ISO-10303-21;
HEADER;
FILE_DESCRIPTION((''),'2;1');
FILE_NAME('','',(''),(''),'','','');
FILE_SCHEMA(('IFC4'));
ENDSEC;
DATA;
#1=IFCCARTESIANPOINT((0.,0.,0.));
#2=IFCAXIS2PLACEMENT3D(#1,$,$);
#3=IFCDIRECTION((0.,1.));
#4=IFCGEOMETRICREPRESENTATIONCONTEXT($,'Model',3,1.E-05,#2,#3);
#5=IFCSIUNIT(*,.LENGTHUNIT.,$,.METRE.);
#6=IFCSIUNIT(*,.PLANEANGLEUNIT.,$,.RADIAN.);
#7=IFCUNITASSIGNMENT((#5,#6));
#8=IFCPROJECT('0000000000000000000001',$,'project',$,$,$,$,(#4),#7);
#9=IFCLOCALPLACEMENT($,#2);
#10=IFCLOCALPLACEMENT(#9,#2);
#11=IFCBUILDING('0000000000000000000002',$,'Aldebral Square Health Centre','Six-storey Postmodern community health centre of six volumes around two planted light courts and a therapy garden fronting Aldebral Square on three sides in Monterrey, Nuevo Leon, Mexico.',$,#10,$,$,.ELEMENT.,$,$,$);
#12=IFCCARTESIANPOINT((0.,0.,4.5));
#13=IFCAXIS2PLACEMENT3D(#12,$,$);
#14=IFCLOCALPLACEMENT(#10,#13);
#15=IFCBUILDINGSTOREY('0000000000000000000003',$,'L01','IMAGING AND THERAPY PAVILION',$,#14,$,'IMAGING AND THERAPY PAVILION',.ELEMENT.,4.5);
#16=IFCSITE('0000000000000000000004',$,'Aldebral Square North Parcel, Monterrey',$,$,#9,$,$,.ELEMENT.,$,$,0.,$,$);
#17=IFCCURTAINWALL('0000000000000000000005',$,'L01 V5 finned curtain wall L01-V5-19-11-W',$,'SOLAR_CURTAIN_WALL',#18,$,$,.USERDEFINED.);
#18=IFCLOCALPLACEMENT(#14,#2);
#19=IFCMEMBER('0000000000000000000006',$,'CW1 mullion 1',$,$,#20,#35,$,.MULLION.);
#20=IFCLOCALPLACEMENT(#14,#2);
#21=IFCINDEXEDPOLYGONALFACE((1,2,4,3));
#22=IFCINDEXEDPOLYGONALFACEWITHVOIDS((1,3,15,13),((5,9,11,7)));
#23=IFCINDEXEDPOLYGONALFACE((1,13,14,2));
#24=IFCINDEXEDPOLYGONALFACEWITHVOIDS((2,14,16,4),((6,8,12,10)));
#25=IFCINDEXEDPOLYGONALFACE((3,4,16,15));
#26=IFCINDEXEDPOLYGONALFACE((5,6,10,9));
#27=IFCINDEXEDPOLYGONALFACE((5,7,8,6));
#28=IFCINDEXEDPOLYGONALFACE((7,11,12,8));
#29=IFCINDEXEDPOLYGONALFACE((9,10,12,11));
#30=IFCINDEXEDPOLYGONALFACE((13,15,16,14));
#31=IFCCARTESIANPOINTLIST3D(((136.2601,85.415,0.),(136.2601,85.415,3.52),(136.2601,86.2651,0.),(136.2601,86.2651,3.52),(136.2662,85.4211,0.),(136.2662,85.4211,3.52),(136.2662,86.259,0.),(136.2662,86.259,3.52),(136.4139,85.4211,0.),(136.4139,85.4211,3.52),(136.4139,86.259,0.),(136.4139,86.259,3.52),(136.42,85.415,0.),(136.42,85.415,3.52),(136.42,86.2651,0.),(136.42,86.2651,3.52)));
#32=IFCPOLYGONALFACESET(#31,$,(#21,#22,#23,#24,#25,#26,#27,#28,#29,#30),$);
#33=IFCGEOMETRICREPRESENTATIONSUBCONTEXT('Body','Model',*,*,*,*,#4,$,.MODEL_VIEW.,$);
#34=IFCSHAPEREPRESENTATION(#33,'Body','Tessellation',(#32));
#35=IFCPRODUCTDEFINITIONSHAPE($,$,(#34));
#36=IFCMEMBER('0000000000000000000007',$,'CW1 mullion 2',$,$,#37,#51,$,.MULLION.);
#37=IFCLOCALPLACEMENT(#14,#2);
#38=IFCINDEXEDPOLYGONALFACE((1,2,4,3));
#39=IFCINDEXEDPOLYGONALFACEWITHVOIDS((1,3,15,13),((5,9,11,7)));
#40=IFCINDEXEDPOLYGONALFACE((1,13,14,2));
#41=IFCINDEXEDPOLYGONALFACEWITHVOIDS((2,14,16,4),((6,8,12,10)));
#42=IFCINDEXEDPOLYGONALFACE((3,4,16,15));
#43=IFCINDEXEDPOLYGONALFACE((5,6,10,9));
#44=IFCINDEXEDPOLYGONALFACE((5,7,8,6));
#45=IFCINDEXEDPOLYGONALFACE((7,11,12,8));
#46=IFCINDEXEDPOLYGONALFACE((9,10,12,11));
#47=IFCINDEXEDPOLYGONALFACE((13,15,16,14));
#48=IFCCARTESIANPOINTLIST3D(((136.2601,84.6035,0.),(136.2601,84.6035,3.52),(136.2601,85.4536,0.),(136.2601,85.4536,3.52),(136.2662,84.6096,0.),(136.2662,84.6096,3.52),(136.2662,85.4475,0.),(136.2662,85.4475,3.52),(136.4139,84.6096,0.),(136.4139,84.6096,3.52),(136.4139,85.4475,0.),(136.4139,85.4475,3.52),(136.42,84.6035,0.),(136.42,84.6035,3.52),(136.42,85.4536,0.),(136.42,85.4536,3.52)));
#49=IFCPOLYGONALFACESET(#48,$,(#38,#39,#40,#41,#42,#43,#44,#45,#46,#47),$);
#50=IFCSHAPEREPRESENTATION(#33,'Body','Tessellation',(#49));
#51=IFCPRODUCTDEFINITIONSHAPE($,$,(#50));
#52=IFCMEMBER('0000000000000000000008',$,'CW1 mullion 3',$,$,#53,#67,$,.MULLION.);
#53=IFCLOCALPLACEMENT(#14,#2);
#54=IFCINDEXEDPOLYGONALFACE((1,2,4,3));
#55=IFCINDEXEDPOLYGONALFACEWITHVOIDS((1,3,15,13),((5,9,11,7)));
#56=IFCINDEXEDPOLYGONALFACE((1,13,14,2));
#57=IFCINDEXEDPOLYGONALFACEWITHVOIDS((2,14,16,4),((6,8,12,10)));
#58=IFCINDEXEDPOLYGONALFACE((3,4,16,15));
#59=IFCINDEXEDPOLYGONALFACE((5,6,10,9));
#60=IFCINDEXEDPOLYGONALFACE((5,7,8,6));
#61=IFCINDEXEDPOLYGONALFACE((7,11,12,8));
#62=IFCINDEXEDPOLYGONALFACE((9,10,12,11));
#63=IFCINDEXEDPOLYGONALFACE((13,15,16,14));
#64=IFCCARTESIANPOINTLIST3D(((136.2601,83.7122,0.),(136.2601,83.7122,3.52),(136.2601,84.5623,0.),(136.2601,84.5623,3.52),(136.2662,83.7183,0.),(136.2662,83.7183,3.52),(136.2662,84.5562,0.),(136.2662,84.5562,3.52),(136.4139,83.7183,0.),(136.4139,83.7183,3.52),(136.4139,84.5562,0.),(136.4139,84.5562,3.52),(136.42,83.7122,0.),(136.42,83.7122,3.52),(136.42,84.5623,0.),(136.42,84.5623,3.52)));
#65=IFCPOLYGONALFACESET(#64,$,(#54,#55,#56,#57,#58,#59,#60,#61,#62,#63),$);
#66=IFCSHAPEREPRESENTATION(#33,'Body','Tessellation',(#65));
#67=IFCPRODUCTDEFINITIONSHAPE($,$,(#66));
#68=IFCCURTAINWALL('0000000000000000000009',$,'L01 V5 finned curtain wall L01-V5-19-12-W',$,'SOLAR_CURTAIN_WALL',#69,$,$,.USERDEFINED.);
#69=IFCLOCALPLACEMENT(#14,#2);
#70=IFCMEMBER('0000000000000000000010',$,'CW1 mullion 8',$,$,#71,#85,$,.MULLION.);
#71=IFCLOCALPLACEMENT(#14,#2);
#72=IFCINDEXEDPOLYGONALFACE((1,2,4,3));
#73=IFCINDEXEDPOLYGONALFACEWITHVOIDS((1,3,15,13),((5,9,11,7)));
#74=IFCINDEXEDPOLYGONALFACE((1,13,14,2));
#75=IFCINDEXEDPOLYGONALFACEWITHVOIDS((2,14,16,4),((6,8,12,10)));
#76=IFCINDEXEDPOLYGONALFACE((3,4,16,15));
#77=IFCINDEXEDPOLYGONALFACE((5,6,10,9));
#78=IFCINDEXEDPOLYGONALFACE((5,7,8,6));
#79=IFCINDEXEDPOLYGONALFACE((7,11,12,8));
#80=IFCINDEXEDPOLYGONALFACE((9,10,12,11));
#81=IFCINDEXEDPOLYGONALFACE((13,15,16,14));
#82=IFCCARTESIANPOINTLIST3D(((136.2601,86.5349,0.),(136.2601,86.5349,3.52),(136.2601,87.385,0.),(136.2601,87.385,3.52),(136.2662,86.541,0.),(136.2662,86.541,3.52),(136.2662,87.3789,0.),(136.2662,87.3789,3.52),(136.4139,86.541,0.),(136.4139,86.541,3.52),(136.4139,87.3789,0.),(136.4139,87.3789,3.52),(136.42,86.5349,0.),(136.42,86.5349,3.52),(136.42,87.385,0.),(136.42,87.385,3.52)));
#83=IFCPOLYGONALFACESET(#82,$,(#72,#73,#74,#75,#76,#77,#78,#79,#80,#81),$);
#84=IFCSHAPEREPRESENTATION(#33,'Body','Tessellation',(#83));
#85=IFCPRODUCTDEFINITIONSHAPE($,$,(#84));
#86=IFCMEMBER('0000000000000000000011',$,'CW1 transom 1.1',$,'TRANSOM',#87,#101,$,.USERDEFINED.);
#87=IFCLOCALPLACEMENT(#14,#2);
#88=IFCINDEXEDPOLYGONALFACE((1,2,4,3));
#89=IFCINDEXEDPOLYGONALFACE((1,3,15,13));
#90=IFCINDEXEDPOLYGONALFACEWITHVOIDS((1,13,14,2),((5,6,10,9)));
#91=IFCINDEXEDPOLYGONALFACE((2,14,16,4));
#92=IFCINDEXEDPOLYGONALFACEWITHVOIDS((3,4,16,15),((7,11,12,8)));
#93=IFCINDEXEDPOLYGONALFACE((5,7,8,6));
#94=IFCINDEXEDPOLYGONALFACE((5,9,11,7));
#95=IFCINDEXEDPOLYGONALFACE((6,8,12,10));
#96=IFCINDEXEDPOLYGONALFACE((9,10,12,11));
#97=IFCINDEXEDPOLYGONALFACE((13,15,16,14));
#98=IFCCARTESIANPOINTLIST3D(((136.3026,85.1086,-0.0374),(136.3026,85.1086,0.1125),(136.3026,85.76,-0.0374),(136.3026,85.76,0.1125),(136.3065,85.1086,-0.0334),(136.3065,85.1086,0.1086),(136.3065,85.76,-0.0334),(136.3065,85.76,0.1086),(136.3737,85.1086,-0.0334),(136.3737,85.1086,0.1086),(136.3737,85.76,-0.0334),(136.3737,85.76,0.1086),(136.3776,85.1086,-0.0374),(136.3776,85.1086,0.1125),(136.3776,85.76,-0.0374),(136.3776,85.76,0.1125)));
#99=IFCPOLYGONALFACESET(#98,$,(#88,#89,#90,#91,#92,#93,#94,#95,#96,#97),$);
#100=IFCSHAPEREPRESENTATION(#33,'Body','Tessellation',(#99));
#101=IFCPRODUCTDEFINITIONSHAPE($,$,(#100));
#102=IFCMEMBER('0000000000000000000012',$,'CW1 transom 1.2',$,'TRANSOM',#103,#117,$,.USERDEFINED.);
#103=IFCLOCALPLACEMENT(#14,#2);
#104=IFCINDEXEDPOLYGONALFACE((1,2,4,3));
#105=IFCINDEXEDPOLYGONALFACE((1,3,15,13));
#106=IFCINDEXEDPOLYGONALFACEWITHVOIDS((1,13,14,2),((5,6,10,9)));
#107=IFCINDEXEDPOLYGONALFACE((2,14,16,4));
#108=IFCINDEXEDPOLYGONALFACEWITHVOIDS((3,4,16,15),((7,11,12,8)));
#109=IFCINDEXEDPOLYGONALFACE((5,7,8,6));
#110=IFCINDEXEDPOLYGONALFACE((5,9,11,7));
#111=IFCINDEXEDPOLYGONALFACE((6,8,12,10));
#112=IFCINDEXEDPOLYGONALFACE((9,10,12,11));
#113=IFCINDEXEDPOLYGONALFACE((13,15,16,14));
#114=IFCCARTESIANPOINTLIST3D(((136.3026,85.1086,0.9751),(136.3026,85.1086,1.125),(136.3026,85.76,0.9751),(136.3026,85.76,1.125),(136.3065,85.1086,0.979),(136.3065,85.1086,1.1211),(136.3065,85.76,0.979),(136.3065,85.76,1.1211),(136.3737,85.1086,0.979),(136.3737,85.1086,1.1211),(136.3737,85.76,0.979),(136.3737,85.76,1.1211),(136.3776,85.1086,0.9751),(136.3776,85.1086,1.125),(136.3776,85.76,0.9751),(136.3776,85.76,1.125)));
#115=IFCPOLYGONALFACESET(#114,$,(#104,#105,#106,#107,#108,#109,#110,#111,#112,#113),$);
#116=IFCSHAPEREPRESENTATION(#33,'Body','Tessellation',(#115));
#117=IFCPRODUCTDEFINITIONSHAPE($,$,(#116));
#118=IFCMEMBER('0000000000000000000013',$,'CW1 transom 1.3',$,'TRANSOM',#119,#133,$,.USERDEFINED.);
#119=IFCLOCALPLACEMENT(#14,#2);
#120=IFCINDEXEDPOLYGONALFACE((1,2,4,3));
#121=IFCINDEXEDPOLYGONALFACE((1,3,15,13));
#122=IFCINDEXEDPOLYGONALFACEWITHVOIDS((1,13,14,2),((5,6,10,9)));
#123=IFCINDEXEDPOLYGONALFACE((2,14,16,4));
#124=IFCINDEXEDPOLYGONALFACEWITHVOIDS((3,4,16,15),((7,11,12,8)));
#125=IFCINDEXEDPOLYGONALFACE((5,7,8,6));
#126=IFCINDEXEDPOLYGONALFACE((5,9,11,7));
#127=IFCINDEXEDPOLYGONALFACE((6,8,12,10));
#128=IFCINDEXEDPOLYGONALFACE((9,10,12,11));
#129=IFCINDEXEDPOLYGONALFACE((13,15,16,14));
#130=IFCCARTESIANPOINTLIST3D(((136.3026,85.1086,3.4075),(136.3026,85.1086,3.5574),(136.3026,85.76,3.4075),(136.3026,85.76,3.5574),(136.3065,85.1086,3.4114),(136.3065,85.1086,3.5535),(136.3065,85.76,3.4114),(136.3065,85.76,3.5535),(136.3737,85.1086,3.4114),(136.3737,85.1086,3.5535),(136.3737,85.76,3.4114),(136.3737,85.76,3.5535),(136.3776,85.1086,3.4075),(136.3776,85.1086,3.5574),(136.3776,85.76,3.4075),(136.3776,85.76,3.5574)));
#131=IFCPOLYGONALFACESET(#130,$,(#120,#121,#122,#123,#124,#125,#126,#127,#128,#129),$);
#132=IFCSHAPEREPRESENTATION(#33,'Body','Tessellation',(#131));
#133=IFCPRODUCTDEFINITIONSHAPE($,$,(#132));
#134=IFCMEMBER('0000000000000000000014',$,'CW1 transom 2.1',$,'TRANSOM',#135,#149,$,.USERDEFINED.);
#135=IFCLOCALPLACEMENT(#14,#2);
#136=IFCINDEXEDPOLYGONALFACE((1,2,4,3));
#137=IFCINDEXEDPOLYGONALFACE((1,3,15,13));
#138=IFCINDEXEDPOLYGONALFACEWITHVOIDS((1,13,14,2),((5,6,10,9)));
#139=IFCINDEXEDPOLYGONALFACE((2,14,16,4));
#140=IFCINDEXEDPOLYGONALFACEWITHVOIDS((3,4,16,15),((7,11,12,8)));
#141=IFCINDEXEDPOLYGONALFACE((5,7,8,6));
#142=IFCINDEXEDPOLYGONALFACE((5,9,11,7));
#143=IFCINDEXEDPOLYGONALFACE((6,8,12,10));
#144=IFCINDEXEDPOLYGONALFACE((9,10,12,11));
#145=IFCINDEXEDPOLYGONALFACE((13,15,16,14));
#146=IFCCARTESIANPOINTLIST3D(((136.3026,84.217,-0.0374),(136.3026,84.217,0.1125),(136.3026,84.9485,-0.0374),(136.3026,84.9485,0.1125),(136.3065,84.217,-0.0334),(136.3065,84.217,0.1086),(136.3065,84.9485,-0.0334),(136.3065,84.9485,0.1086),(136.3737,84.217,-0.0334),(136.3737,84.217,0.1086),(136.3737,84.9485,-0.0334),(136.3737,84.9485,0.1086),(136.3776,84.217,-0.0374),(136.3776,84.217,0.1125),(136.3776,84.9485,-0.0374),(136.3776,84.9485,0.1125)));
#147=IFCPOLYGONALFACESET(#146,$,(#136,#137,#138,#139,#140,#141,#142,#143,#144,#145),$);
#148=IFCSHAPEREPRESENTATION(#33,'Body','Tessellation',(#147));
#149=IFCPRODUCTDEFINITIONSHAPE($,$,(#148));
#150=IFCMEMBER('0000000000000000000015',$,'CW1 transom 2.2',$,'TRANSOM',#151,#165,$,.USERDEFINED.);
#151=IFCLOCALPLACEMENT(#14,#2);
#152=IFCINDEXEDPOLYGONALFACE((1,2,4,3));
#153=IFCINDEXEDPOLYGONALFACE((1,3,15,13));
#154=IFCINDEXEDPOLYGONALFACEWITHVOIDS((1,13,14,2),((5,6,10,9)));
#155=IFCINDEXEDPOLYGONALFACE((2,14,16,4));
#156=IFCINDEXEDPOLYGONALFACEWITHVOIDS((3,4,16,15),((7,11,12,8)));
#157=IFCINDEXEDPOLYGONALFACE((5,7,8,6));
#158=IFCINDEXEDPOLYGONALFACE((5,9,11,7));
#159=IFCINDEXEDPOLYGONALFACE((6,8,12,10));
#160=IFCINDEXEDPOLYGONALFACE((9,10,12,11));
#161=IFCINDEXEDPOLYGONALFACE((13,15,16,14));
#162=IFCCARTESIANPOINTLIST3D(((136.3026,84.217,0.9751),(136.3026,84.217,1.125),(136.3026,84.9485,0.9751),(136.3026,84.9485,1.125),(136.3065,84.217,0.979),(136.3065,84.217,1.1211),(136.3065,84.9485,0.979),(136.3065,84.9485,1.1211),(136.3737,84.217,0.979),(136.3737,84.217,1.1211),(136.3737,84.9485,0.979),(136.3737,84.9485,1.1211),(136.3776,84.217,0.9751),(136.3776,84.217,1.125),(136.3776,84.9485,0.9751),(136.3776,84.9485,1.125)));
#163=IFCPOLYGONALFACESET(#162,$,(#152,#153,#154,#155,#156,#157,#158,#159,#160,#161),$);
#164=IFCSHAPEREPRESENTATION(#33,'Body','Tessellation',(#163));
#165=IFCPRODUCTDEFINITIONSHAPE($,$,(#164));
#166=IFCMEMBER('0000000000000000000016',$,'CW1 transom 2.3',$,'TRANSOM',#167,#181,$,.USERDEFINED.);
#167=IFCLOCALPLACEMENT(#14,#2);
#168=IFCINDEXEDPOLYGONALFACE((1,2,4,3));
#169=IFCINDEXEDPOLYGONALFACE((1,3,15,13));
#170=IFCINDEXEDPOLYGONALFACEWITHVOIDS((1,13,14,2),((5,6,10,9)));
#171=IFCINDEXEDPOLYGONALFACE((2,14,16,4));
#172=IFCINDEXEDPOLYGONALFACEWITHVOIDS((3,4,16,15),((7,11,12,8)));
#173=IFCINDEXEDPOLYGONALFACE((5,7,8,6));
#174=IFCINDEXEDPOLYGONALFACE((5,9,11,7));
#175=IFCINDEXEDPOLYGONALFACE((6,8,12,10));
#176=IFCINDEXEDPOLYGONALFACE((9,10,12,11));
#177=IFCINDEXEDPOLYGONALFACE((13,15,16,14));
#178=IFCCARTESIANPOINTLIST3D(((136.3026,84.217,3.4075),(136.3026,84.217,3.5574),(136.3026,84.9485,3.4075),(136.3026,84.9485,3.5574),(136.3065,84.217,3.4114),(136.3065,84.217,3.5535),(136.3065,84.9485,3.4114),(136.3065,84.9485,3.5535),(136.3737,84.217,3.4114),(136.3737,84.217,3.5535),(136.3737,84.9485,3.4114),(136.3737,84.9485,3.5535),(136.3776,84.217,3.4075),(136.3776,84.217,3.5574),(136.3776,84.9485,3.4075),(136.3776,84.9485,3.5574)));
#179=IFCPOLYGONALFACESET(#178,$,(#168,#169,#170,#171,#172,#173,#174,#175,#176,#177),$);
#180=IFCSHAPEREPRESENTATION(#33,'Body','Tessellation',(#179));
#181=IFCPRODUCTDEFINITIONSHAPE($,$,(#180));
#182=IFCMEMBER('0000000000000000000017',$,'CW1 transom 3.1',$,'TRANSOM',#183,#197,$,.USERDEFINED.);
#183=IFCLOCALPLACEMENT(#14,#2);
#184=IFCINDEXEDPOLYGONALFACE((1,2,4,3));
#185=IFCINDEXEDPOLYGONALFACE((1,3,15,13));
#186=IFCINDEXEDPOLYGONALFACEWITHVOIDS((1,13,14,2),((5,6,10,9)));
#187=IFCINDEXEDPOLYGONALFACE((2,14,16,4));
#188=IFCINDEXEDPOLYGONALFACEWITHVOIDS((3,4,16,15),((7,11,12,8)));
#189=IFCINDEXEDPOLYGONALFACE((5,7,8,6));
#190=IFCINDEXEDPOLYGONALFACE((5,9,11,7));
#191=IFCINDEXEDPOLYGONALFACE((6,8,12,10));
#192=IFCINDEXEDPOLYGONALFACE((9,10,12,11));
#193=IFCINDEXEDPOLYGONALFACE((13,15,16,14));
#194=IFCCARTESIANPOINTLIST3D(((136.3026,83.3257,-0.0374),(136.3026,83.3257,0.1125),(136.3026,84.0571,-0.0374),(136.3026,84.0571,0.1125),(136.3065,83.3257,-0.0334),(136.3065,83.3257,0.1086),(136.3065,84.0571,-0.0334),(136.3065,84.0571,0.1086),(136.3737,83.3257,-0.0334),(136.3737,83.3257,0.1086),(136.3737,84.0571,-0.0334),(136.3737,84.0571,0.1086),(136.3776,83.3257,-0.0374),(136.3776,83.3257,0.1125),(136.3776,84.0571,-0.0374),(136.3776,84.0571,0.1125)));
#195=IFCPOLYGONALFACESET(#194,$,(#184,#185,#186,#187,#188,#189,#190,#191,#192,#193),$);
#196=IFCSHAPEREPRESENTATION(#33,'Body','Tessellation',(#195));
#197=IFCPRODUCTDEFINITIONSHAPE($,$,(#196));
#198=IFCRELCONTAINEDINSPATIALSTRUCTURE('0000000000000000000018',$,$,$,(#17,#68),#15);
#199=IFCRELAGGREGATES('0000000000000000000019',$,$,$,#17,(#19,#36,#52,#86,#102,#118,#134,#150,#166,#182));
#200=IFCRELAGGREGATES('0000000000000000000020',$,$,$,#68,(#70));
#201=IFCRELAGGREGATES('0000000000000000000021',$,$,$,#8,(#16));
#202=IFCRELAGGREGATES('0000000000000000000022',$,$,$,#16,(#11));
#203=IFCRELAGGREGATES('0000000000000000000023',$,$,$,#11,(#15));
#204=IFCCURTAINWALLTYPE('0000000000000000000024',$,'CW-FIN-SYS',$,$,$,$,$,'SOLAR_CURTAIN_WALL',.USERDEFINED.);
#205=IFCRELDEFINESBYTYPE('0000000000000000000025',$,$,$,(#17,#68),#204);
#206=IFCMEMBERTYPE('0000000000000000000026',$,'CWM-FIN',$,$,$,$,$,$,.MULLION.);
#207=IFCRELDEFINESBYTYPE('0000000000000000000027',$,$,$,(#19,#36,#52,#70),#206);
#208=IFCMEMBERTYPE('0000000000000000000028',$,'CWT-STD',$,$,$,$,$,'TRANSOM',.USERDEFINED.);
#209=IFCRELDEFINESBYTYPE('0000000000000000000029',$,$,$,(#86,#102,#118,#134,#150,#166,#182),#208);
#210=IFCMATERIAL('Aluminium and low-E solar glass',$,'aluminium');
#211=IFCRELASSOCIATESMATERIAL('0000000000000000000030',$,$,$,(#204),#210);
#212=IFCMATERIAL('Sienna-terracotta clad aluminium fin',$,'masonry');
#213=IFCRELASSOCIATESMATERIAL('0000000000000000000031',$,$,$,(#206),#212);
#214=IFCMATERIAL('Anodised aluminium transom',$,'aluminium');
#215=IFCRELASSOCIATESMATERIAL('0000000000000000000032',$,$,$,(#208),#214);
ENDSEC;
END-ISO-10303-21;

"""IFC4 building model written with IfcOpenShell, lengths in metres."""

from ifc_helpers import new_model, si_unit, direction, frame, origin, origin_2d, place, context, subcontext, project, spatial, hollow_rectangle, extrude, material, material_profile, profile_set, type_object, element, aggregate, save


model = new_model("IFC4")

# Units and contexts
model_context = context("Model", 3, precision=1e-05, world=origin(), true_north=direction((0.0, 1.0)))
body_context = subcontext(model_context, "Body", "Model", "MODEL_VIEW")
ifc_project = project(units=[si_unit("LENGTHUNIT", "METRE"), si_unit("PLANEANGLEUNIT", "RADIAN")], contexts=[model_context])

# Site, building, storey
site_placement = place(None, origin())
site = spatial("IfcSite", under=ifc_project, at=site_placement, Name="Aldebral Square North Parcel, Monterrey", CompositionType="ELEMENT", RefElevation=0.0)
building_placement = place(site_placement, origin())
building = spatial("IfcBuilding", under=site, at=building_placement, Name="Aldebral Square Health Centre", Description="Six-storey Postmodern community health centre of six volumes around two planted light courts and a therapy garden fronting Aldebral Square on three sides in Monterrey, Nuevo Leon, Mexico.", CompositionType="ELEMENT")
storey_placement = place(building_placement, frame((0.0, 0.0, 4.5)))
storey = spatial("IfcBuildingStorey", under=building, at=storey_placement, Name="L01", Description="IMAGING AND THERAPY PAVILION", LongName="IMAGING AND THERAPY PAVILION", CompositionType="ELEMENT", Elevation=4.5)

# Curtain wall, members
ifc_material_1 = material(Name="Aluminium and low-E solar glass", Category="aluminium")
curtain_wall_type = type_object("IfcCurtainWallType", Name="CW-FIN-SYS", ElementType="SOLAR_CURTAIN_WALL", PredefinedType="USERDEFINED", material=ifc_material_1)
curtain_wall_1_placement = place(storey_placement, origin())
curtain_wall_1 = element("IfcCurtainWall", 1, at=curtain_wall_1_placement, inside=storey, type_object=curtain_wall_type, Name="L01 V5 finned curtain wall L01-V5-19-11-W", ObjectType="SOLAR_CURTAIN_WALL", PredefinedType="USERDEFINED")
ifc_material_2 = material(Name="Sienna-terracotta clad aluminium fin", Category="masonry")
ifc_material_profile_1 = material_profile(ifc_material_2, hollow_rectangle(XDim=0.1599, YDim=0.8501, WallThickness=0.0061, at=origin_2d()), Name="FIN 160x850x6")
ifc_profile_set_1 = profile_set([ifc_material_profile_1], Name="Sienna-terracotta clad aluminium fin")
member_type_1 = type_object("IfcMemberType", Name="CWM-FIN", PredefinedType="MULLION", material=ifc_profile_set_1)
member_1_placement = place(storey_placement, frame((136.3401, 85.8401, 0.0), z_axis=(0.0, 0.0, 1.0), x_axis=(1.0, 0.0, 0.0)))
member_1 = element("IfcMember", 2, at=member_1_placement, type_object=member_type_1, Name="CW1 mullion 1", PredefinedType="MULLION", context=body_context, shape_type="SweptSolid", body=[
    extrude(hollow_rectangle(XDim=0.1599, YDim=0.8501, WallThickness=0.0061, at=origin_2d()), origin(), (0.0, 0.0, 1.0), 3.52),
])
member_2_placement = place(storey_placement, frame((136.3401, 85.0286, 0.0), z_axis=(0.0, 0.0, 1.0), x_axis=(1.0, 0.0, 0.0)))
member_2 = element("IfcMember", 3, at=member_2_placement, type_object=member_type_1, Name="CW1 mullion 2", PredefinedType="MULLION", context=body_context, shape_type="SweptSolid", body=[
    extrude(hollow_rectangle(XDim=0.1599, YDim=0.8501, WallThickness=0.0061, at=origin_2d()), origin(), (0.0, 0.0, 1.0), 3.52),
])
member_3_placement = place(storey_placement, frame((136.3401, 84.1372, 0.0), z_axis=(0.0, 0.0, 1.0), x_axis=(1.0, 0.0, 0.0)))
member_3 = element("IfcMember", 4, at=member_3_placement, type_object=member_type_1, Name="CW1 mullion 3", PredefinedType="MULLION", context=body_context, shape_type="SweptSolid", body=[
    extrude(hollow_rectangle(XDim=0.1599, YDim=0.8501, WallThickness=0.0061, at=origin_2d()), origin(), (0.0, 0.0, 1.0), 3.52),
])

# Curtain wall, member
curtain_wall_2_placement = place(storey_placement, origin())
curtain_wall_2 = element("IfcCurtainWall", 5, at=curtain_wall_2_placement, inside=storey, type_object=curtain_wall_type, Name="L01 V5 finned curtain wall L01-V5-19-12-W", ObjectType="SOLAR_CURTAIN_WALL", PredefinedType="USERDEFINED")
member_4_placement = place(storey_placement, frame((136.3401, 86.96, 0.0), z_axis=(0.0, 0.0, 1.0), x_axis=(1.0, 0.0, 0.0)))
member_4 = element("IfcMember", 6, at=member_4_placement, type_object=member_type_1, Name="CW1 mullion 8", PredefinedType="MULLION", context=body_context, shape_type="SweptSolid", body=[
    extrude(hollow_rectangle(XDim=0.1599, YDim=0.8501, WallThickness=0.0061, at=origin_2d()), origin(), (0.0, 0.0, 1.0), 3.52),
])

# Members
ifc_material_3 = material(Name="Anodised aluminium transom", Category="aluminium")
ifc_material_profile_2 = material_profile(ifc_material_3, hollow_rectangle(XDim=0.075, YDim=0.1499, WallThickness=0.0039, at=origin_2d()), Name="CWT 75x150x4")
ifc_profile_set_2 = profile_set([ifc_material_profile_2], Name="Anodised aluminium transom")
member_type_2 = type_object("IfcMemberType", Name="CWT-STD", ElementType="TRANSOM", PredefinedType="USERDEFINED", material=ifc_profile_set_2)
member_5_placement = place(storey_placement, frame((136.3401, 85.76, 0.0376), z_axis=(0.0, -1.0, 0.0), x_axis=(1.0, 0.0, 0.0)))
member_5 = element("IfcMember", 7, at=member_5_placement, type_object=member_type_2, Name="CW1 transom 1.1", ObjectType="TRANSOM", PredefinedType="USERDEFINED", context=body_context, shape_type="SweptSolid", body=[
    extrude(hollow_rectangle(XDim=0.075, YDim=0.1499, WallThickness=0.0039, at=origin_2d()), origin(), (0.0, 0.0, 1.0), 0.6514),
])
member_6_placement = place(storey_placement, frame((136.3401, 85.76, 1.05), z_axis=(0.0, -1.0, 0.0), x_axis=(1.0, 0.0, 0.0)))
member_6 = element("IfcMember", 8, at=member_6_placement, type_object=member_type_2, Name="CW1 transom 1.2", ObjectType="TRANSOM", PredefinedType="USERDEFINED", context=body_context, shape_type="SweptSolid", body=[
    extrude(hollow_rectangle(XDim=0.075, YDim=0.1499, WallThickness=0.0039, at=origin_2d()), origin(), (0.0, 0.0, 1.0), 0.6514),
])
member_7_placement = place(storey_placement, frame((136.3401, 85.76, 3.4824), z_axis=(0.0, -1.0, 0.0), x_axis=(1.0, 0.0, 0.0)))
member_7 = element("IfcMember", 9, at=member_7_placement, type_object=member_type_2, Name="CW1 transom 1.3", ObjectType="TRANSOM", PredefinedType="USERDEFINED", context=body_context, shape_type="SweptSolid", body=[
    extrude(hollow_rectangle(XDim=0.075, YDim=0.1499, WallThickness=0.0039, at=origin_2d()), origin(), (0.0, 0.0, 1.0), 0.6514),
])
member_8_placement = place(storey_placement, frame((136.3401, 84.9485, 0.0376), z_axis=(0.0, -1.0, 0.0), x_axis=(1.0, 0.0, 0.0)))
member_8 = element("IfcMember", 10, at=member_8_placement, type_object=member_type_2, Name="CW1 transom 2.1", ObjectType="TRANSOM", PredefinedType="USERDEFINED", context=body_context, shape_type="SweptSolid", body=[
    extrude(hollow_rectangle(XDim=0.075, YDim=0.1499, WallThickness=0.0039, at=origin_2d()), origin(), (0.0, 0.0, 1.0), 0.7314),
])
member_9_placement = place(storey_placement, frame((136.3401, 84.9485, 1.05), z_axis=(0.0, -1.0, 0.0), x_axis=(1.0, 0.0, 0.0)))
member_9 = element("IfcMember", 11, at=member_9_placement, type_object=member_type_2, Name="CW1 transom 2.2", ObjectType="TRANSOM", PredefinedType="USERDEFINED", context=body_context, shape_type="SweptSolid", body=[
    extrude(hollow_rectangle(XDim=0.075, YDim=0.1499, WallThickness=0.0039, at=origin_2d()), origin(), (0.0, 0.0, 1.0), 0.7314),
])
member_10_placement = place(storey_placement, frame((136.3401, 84.9485, 3.4824), z_axis=(0.0, -1.0, 0.0), x_axis=(1.0, 0.0, 0.0)))
member_10 = element("IfcMember", 12, at=member_10_placement, type_object=member_type_2, Name="CW1 transom 2.3", ObjectType="TRANSOM", PredefinedType="USERDEFINED", context=body_context, shape_type="SweptSolid", body=[
    extrude(hollow_rectangle(XDim=0.075, YDim=0.1499, WallThickness=0.0039, at=origin_2d()), origin(), (0.0, 0.0, 1.0), 0.7314),
])
member_11_placement = place(storey_placement, frame((136.3401, 84.0571, 0.0376), z_axis=(0.0, -1.0, 0.0), x_axis=(1.0, 0.0, 0.0)))
member_11 = element("IfcMember", 13, at=member_11_placement, type_object=member_type_2, Name="CW1 transom 3.1", ObjectType="TRANSOM", PredefinedType="USERDEFINED", context=body_context, shape_type="SweptSolid", body=[
    extrude(hollow_rectangle(XDim=0.075, YDim=0.1499, WallThickness=0.0039, at=origin_2d()), origin(), (0.0, 0.0, 1.0), 0.7314),
])

aggregate(curtain_wall_1, [member_1, member_2, member_3, member_5, member_6, member_7, member_8, member_9, member_10, member_11])
aggregate(curtain_wall_2, [member_4])

save(model, "model.ifc")
